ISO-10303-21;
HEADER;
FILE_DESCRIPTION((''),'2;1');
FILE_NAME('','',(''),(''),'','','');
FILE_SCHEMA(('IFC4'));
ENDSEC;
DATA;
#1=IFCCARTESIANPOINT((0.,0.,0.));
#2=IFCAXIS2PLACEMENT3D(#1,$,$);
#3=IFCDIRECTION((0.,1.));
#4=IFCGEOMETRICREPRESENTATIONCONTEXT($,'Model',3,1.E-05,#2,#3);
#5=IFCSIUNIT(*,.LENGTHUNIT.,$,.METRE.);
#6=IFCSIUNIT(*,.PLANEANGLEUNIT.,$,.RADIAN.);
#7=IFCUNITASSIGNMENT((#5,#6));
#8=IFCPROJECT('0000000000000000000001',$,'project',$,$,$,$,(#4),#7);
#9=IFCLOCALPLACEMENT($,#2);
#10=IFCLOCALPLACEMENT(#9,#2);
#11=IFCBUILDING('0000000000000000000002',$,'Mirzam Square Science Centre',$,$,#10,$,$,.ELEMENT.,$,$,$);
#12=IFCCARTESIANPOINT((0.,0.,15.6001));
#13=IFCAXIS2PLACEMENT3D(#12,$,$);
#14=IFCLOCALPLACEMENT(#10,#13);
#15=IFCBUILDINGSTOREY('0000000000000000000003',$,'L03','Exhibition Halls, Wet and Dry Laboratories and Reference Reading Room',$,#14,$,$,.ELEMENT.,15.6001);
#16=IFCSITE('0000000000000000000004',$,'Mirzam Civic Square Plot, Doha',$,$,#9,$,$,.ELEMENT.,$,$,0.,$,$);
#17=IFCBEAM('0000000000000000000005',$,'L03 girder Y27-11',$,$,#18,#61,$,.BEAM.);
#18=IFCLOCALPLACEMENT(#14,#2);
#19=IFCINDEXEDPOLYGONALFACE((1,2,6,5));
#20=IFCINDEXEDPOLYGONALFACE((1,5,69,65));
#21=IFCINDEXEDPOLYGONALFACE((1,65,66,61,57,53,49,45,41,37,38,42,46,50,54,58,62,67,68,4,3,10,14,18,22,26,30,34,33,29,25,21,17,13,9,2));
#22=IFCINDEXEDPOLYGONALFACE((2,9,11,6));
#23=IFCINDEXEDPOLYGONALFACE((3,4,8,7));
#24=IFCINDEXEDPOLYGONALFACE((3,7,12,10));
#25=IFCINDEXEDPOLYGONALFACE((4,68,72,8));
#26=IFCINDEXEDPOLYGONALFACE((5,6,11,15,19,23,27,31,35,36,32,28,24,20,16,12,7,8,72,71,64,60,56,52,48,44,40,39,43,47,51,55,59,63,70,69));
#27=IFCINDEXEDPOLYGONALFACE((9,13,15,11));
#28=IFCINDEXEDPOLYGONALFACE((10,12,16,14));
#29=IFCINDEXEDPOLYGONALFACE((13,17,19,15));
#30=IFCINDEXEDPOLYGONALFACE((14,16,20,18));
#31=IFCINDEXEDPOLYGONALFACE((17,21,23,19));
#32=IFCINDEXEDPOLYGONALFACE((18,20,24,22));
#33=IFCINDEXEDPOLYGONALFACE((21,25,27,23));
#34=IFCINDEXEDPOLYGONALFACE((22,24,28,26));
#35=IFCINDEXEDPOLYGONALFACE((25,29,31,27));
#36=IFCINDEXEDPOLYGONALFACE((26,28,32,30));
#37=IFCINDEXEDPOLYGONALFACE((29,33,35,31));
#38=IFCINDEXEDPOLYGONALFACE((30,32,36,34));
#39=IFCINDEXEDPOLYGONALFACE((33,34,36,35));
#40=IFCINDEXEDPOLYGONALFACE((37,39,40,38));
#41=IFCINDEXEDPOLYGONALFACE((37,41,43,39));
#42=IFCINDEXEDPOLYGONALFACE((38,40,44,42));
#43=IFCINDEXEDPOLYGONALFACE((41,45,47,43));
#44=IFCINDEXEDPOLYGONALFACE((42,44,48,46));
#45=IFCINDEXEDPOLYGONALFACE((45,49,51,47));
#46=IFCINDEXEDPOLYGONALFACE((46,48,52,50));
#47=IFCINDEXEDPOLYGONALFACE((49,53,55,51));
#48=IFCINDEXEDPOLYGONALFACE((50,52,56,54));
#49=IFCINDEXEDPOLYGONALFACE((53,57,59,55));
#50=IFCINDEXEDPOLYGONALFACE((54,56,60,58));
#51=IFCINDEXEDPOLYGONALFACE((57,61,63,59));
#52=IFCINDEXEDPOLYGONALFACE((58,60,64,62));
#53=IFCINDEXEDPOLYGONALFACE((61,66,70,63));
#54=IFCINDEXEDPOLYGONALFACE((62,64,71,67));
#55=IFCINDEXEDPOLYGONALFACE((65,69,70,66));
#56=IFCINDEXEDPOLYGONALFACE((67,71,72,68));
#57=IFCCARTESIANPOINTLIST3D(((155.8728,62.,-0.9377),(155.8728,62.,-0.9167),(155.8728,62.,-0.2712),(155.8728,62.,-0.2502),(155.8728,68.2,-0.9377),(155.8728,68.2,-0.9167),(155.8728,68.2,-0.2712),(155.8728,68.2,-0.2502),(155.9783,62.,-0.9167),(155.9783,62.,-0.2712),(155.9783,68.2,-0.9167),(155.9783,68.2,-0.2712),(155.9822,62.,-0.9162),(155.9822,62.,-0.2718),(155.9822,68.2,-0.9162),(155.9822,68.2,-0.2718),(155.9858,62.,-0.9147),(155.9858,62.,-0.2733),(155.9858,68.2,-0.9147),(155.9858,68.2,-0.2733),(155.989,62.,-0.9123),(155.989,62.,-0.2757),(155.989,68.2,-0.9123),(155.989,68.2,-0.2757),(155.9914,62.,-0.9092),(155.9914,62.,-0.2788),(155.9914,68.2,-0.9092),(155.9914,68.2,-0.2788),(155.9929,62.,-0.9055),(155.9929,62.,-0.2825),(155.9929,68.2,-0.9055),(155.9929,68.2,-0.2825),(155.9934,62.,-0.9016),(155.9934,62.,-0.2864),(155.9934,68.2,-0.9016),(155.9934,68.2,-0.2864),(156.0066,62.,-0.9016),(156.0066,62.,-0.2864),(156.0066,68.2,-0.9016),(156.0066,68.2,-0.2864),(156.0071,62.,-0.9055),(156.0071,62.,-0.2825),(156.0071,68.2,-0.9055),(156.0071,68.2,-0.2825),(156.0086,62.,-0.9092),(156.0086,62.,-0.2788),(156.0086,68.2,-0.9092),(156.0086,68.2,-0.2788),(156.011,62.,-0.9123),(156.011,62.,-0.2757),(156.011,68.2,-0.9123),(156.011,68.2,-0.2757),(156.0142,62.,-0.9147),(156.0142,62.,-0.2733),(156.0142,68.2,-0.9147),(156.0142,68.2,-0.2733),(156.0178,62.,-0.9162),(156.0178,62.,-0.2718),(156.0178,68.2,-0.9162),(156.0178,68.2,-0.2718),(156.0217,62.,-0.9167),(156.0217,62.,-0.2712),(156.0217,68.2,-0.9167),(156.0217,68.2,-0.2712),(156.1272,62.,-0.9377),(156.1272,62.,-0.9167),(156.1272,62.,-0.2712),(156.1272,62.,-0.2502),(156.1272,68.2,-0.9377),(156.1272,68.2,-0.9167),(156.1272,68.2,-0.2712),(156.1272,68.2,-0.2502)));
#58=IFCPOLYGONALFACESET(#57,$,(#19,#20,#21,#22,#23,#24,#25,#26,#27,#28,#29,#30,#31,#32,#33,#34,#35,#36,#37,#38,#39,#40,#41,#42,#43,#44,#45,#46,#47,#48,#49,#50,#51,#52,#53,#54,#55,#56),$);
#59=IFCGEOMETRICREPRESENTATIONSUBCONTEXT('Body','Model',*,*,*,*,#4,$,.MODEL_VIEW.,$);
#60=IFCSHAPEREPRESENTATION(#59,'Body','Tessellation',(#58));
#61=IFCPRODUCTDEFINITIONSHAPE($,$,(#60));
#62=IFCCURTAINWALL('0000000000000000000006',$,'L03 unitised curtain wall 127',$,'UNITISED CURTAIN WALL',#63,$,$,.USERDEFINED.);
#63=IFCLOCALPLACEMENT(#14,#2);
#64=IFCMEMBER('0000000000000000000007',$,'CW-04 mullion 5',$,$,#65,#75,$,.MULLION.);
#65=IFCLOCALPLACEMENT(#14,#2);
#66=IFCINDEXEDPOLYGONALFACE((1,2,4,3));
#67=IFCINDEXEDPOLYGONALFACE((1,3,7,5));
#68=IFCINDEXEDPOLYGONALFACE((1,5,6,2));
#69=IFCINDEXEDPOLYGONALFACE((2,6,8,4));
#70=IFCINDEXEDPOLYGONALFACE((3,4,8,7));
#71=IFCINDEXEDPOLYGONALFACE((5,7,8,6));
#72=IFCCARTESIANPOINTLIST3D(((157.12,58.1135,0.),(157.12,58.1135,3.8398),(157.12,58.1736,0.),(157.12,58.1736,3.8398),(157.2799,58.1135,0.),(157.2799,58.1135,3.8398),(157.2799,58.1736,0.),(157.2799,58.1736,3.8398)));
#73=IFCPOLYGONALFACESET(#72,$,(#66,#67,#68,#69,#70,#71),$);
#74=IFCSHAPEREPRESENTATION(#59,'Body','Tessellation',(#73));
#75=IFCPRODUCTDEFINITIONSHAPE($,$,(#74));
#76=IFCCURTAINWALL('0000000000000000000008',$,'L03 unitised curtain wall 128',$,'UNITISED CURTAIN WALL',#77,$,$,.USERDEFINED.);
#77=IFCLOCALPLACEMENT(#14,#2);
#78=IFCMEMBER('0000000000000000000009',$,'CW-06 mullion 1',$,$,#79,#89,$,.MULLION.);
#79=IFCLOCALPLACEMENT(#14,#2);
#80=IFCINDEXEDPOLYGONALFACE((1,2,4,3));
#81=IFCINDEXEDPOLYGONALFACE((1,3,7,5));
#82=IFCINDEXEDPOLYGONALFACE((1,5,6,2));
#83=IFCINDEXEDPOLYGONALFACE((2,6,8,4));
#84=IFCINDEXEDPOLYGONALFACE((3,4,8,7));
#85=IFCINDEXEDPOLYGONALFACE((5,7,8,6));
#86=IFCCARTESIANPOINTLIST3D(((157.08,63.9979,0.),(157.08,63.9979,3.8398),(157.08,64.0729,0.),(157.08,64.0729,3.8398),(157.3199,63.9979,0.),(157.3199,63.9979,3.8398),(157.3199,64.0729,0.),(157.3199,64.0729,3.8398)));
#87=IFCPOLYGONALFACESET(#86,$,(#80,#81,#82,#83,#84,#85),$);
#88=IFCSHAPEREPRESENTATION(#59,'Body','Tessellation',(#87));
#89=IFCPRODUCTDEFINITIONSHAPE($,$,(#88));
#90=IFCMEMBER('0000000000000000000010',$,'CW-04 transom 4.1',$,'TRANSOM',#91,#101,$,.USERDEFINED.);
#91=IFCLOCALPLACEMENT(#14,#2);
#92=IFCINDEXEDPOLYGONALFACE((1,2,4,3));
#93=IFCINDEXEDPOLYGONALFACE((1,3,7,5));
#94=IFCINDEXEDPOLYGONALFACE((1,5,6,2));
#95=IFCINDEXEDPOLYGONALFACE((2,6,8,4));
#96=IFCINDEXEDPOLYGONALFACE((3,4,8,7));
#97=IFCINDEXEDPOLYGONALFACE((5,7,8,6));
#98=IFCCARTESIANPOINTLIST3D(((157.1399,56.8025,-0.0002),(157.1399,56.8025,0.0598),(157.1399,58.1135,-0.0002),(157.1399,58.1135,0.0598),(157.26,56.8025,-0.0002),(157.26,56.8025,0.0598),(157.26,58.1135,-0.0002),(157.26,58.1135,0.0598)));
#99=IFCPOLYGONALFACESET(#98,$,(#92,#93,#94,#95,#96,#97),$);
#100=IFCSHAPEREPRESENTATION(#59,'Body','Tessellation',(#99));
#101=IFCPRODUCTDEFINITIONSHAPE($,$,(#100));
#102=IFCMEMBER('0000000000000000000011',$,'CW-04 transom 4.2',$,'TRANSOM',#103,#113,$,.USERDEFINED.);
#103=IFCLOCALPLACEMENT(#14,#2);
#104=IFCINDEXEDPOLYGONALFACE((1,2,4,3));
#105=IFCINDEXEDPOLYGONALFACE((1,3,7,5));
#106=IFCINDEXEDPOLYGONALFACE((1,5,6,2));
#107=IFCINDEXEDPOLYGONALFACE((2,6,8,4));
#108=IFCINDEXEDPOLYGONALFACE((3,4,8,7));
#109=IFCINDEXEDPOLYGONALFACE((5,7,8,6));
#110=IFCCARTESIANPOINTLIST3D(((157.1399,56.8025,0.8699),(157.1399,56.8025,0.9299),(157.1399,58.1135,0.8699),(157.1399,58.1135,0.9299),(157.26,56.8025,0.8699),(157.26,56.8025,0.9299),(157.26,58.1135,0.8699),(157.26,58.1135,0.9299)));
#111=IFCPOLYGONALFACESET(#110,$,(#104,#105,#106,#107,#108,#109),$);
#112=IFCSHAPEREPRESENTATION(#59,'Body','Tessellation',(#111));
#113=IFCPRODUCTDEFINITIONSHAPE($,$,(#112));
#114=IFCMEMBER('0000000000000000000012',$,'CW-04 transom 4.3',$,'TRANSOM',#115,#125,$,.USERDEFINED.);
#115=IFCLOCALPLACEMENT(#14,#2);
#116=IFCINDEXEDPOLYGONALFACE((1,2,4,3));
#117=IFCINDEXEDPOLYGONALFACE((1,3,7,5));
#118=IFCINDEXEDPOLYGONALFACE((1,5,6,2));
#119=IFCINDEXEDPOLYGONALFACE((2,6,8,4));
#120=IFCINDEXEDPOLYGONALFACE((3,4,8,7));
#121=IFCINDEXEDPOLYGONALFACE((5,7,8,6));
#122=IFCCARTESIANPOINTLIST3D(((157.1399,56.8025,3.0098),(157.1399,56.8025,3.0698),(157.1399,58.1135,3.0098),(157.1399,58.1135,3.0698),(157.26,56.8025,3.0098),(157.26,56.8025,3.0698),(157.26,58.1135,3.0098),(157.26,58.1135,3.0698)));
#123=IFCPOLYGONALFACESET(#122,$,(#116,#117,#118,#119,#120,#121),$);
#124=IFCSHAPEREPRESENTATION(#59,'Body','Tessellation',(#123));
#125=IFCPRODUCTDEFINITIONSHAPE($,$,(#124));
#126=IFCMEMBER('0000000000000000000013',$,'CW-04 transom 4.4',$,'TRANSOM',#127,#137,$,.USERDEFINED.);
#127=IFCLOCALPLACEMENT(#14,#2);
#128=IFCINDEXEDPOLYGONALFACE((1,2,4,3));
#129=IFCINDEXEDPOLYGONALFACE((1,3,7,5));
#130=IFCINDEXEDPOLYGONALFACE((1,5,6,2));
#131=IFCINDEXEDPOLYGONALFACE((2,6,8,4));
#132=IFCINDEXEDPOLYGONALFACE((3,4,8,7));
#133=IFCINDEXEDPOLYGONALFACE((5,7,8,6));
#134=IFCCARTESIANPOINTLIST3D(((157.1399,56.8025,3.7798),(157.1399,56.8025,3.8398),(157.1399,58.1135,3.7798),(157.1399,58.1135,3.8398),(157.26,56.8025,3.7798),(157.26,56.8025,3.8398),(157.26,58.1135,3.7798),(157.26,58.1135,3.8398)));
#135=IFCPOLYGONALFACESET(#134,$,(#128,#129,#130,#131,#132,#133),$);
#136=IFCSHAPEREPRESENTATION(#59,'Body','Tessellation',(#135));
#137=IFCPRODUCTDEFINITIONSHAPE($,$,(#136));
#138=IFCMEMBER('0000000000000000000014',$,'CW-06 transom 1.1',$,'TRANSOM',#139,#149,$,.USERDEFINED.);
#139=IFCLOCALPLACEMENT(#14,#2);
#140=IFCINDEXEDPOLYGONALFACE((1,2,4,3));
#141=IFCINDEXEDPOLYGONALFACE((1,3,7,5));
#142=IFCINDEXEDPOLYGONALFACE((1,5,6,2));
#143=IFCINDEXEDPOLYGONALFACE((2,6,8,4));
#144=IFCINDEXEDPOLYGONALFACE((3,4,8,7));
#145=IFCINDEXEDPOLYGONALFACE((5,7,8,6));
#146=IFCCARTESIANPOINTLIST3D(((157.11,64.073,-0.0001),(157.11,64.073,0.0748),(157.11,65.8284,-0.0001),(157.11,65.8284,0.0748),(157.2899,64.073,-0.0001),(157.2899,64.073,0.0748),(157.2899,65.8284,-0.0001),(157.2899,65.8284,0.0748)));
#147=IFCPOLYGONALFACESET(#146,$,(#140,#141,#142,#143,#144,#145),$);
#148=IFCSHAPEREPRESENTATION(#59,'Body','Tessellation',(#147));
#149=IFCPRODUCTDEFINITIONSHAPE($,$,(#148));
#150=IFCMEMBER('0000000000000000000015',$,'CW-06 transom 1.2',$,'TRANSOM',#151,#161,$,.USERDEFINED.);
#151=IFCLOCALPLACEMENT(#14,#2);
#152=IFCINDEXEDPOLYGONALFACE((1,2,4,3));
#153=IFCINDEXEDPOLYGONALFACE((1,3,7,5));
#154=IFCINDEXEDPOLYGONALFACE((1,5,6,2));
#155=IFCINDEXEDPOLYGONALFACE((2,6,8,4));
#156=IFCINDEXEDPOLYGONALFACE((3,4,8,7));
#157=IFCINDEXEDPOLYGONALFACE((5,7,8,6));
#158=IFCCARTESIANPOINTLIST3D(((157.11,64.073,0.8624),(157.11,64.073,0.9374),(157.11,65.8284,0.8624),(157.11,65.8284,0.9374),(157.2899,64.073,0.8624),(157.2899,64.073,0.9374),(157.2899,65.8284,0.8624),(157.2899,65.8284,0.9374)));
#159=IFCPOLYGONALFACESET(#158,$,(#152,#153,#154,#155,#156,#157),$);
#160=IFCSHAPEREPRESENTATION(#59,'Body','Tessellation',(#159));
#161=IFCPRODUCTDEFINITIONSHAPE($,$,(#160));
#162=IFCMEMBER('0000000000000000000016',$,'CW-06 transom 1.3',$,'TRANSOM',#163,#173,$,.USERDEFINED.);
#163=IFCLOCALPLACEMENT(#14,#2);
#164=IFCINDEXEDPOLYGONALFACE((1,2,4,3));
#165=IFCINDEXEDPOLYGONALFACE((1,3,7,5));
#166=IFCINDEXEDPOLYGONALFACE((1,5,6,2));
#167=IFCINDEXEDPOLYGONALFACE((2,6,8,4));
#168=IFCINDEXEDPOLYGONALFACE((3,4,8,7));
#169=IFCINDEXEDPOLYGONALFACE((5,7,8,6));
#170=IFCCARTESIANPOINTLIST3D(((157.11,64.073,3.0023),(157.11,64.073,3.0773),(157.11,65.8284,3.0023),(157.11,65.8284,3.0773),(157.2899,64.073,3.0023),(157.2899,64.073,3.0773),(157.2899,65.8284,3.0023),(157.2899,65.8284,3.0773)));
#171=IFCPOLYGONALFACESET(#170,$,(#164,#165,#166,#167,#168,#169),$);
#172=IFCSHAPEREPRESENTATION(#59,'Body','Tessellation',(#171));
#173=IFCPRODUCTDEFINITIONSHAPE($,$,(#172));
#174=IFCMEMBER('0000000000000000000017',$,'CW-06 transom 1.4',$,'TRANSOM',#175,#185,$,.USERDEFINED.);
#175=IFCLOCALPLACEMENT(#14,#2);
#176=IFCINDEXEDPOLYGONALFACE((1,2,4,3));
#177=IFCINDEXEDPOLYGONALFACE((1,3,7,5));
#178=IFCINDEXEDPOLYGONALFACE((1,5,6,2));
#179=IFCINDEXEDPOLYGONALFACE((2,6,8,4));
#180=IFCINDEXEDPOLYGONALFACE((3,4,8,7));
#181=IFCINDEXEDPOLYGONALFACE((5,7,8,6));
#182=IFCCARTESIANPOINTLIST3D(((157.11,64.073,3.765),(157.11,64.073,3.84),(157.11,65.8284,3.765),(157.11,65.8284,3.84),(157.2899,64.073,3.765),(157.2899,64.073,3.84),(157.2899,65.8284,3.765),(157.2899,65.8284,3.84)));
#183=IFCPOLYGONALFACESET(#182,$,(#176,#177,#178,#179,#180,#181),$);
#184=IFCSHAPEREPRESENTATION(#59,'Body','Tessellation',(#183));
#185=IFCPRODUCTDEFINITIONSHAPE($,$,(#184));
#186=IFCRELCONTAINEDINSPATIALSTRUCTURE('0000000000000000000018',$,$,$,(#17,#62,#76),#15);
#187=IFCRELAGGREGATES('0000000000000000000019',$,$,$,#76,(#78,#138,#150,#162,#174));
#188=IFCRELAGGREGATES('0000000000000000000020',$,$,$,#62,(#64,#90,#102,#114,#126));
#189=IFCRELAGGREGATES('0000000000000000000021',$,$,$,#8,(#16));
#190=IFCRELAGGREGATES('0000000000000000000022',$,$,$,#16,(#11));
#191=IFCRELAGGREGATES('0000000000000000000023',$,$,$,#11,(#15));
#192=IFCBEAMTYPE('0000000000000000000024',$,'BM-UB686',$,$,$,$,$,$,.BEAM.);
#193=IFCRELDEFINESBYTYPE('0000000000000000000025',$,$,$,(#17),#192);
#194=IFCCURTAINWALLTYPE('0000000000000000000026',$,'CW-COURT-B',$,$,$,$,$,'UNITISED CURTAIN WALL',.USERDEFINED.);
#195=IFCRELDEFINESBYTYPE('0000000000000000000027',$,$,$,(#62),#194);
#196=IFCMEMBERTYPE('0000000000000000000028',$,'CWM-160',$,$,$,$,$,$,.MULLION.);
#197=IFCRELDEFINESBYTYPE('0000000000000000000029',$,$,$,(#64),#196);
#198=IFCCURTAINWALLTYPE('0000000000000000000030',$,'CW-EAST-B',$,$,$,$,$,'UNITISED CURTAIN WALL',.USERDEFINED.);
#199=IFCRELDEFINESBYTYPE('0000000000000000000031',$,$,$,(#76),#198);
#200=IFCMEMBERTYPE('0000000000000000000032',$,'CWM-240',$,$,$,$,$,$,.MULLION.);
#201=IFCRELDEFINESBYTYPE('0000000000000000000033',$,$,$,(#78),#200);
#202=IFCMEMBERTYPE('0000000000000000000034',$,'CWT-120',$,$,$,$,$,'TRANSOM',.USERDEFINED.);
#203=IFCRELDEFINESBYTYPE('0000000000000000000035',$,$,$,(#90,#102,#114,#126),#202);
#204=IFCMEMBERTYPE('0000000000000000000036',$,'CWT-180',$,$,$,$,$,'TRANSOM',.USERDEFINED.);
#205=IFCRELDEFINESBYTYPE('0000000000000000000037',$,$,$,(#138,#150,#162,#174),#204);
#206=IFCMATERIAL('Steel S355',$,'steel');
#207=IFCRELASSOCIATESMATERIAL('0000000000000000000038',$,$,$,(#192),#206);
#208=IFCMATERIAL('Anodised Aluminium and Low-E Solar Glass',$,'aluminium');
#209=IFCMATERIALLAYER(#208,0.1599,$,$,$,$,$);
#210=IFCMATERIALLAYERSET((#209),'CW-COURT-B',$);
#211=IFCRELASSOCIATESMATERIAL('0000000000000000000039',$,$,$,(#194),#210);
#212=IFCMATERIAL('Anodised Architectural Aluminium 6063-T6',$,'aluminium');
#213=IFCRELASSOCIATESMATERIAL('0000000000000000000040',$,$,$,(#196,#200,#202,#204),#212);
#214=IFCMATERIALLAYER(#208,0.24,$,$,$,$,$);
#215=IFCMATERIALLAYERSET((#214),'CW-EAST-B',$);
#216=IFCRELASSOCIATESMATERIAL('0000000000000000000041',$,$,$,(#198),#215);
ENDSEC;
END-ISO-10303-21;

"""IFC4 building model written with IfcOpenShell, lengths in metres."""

from ifc_helpers import new_model, si_unit, direction, frame, origin, origin_2d, place, context, subcontext, project, spatial, rectangle, i_section, extrude, material, layer, layer_set, material_profile, profile_set, type_object, element, aggregate, save


model = new_model("IFC4")

# Units and contexts
model_context = context("Model", 3, precision=1e-05, world=origin(), true_north=direction((0.0, 1.0)))
body_context = subcontext(model_context, "Body", "Model", "MODEL_VIEW")
ifc_project = project(units=[si_unit("LENGTHUNIT", "METRE"), si_unit("PLANEANGLEUNIT", "RADIAN")], contexts=[model_context])

# Site, building, storey
site_placement = place(None, origin())
site = spatial("IfcSite", under=ifc_project, at=site_placement, Name="Mirzam Civic Square Plot, Doha", CompositionType="ELEMENT", RefElevation=0.0)
building_placement = place(site_placement, origin())
building = spatial("IfcBuilding", under=site, at=building_placement, Name="Mirzam Square Science Centre", CompositionType="ELEMENT")
storey_placement = place(building_placement, frame((0.0, 0.0, 15.6001)))
storey = spatial("IfcBuildingStorey", under=building, at=storey_placement, Name="L03", Description="Exhibition Halls, Wet and Dry Laboratories and Reference Reading Room", CompositionType="ELEMENT", Elevation=15.6001)

# Shared definitions
ifc_material_1 = material(Name="Steel S355", Category="steel")

# Beam
ifc_material_profile_1 = material_profile(ifc_material_1, i_section(OverallWidth=0.2544, OverallDepth=0.6875, WebThickness=0.0132, FlangeThickness=0.021, FilletRadius=0.0151, at=origin_2d()), Name="686x254x152UB")
ifc_profile_set_1 = profile_set([ifc_material_profile_1], Name="Steel S355")
beam_type_1 = type_object("IfcBeamType", Name="BM-UB686", PredefinedType="BEAM", material=ifc_profile_set_1)
for number, where, z_axis, x_axis, name in (
    (1, (156.0, 62.0, -0.594), (0.0, 1.0, 0.0), (-1.0, 0.0, 0.0), "L03 girder Y27-11"),
):
    element("IfcBeam", number, at=place(storey_placement, frame(where, z_axis=z_axis, x_axis=x_axis)), inside=storey, type_object=beam_type_1, Name=name, PredefinedType="BEAM", context=body_context, shape_type="SweptSolid", body=[
        extrude(i_section(OverallWidth=0.2544, OverallDepth=0.6875, WebThickness=0.0132, FlangeThickness=0.021, FilletRadius=0.0151, at=origin_2d()), origin(), (0.0, 0.0, 1.0), 6.2),
    ])

# Curtain walls, members
ifc_material_2 = material(Name="Anodised Aluminium and Low-E Solar Glass", Category="aluminium")
ifc_layer_1 = layer(ifc_material_2, 0.1599)
ifc_layer_set_1 = layer_set([ifc_layer_1], Name="CW-COURT-B")
curtain_wall_type_1 = type_object("IfcCurtainWallType", Name="CW-COURT-B", ElementType="UNITISED CURTAIN WALL", PredefinedType="USERDEFINED", material=ifc_layer_set_1)
curtain_wall_1_placement = place(storey_placement, origin())
curtain_wall_1 = element("IfcCurtainWall", 2, at=curtain_wall_1_placement, inside=storey, type_object=curtain_wall_type_1, Name="L03 unitised curtain wall 127", ObjectType="UNITISED CURTAIN WALL", PredefinedType="USERDEFINED")
ifc_material_3 = material(Name="Anodised Architectural Aluminium 6063-T6", Category="aluminium")
ifc_material_profile_2 = material_profile(ifc_material_3, rectangle(XDim=0.0601, YDim=0.1599, at=origin_2d()), Name="ALU-MULL-160x60x4")
ifc_profile_set_2 = profile_set([ifc_material_profile_2], Name="Anodised Architectural Aluminium 6063-T6")
member_type_1 = type_object("IfcMemberType", Name="CWM-160", PredefinedType="MULLION", material=ifc_profile_set_2)
member_1_placement = place(storey_placement, frame((157.2, 58.1436, 0.0), z_axis=(0.0, 0.0, 1.0), x_axis=(0.0, 1.0, 0.0)))
member_1 = element("IfcMember", 3, at=member_1_placement, type_object=member_type_1, Name="CW-04 mullion 5", PredefinedType="MULLION", context=body_context, shape_type="SweptSolid", body=[
    extrude(rectangle(XDim=0.0601, YDim=0.1599, at=origin_2d()), origin(), (0.0, 0.0, 1.0), 3.8398),
])
ifc_layer_2 = layer(ifc_material_2, 0.24)
ifc_layer_set_2 = layer_set([ifc_layer_2], Name="CW-EAST-B")
curtain_wall_type_2 = type_object("IfcCurtainWallType", Name="CW-EAST-B", ElementType="UNITISED CURTAIN WALL", PredefinedType="USERDEFINED", material=ifc_layer_set_2)
curtain_wall_2_placement = place(storey_placement, origin())
curtain_wall_2 = element("IfcCurtainWall", 4, at=curtain_wall_2_placement, inside=storey, type_object=curtain_wall_type_2, Name="L03 unitised curtain wall 128", ObjectType="UNITISED CURTAIN WALL", PredefinedType="USERDEFINED")
ifc_material_profile_3 = material_profile(ifc_material_3, rectangle(XDim=0.075, YDim=0.24, at=origin_2d()), Name="ALU-MULL-240x75x5")
ifc_profile_set_3 = profile_set([ifc_material_profile_3], Name="Anodised Architectural Aluminium 6063-T6")
member_type_2 = type_object("IfcMemberType", Name="CWM-240", PredefinedType="MULLION", material=ifc_profile_set_3)
member_2_placement = place(storey_placement, frame((157.2, 64.0354, 0.0), z_axis=(0.0, 0.0, 1.0), x_axis=(0.0, 1.0, 0.0)))
member_2 = element("IfcMember", 5, at=member_2_placement, type_object=member_type_2, Name="CW-06 mullion 1", PredefinedType="MULLION", context=body_context, shape_type="SweptSolid", body=[
    extrude(rectangle(XDim=0.075, YDim=0.24, at=origin_2d()), origin(), (0.0, 0.0, 1.0), 3.8398),
])

# Members
ifc_material_profile_4 = material_profile(ifc_material_3, rectangle(XDim=0.1201, YDim=0.0601, at=origin_2d()), Name="ALU-TRAN-120x60x4")
ifc_profile_set_4 = profile_set([ifc_material_profile_4], Name="Anodised Architectural Aluminium 6063-T6")
member_type_3 = type_object("IfcMemberType", Name="CWT-120", ElementType="TRANSOM", PredefinedType="USERDEFINED", material=ifc_profile_set_4)
member_3_placement = place(storey_placement, frame((157.2, 56.8025, 0.0298), z_axis=(0.0, 1.0, 0.0), x_axis=(-1.0, 0.0, 0.0)))
member_3 = element("IfcMember", 6, at=member_3_placement, type_object=member_type_3, Name="CW-04 transom 4.1", ObjectType="TRANSOM", PredefinedType="USERDEFINED", context=body_context, shape_type="SweptSolid", body=[
    extrude(rectangle(XDim=0.1201, YDim=0.0601, at=origin_2d()), origin(), (0.0, 0.0, 1.0), 1.311),
])
member_4_placement = place(storey_placement, frame((157.2, 56.8025, 0.8999), z_axis=(0.0, 1.0, 0.0), x_axis=(-1.0, 0.0, 0.0)))
member_4 = element("IfcMember", 7, at=member_4_placement, type_object=member_type_3, Name="CW-04 transom 4.2", ObjectType="TRANSOM", PredefinedType="USERDEFINED", context=body_context, shape_type="SweptSolid", body=[
    extrude(rectangle(XDim=0.1201, YDim=0.0601, at=origin_2d()), origin(), (0.0, 0.0, 1.0), 1.311),
])
member_5_placement = place(storey_placement, frame((157.2, 56.8025, 3.0398), z_axis=(0.0, 1.0, 0.0), x_axis=(-1.0, 0.0, 0.0)))
member_5 = element("IfcMember", 8, at=member_5_placement, type_object=member_type_3, Name="CW-04 transom 4.3", ObjectType="TRANSOM", PredefinedType="USERDEFINED", context=body_context, shape_type="SweptSolid", body=[
    extrude(rectangle(XDim=0.1201, YDim=0.0601, at=origin_2d()), origin(), (0.0, 0.0, 1.0), 1.311),
])
member_6_placement = place(storey_placement, frame((157.2, 56.8025, 3.8098), z_axis=(0.0, 1.0, 0.0), x_axis=(-1.0, 0.0, 0.0)))
member_6 = element("IfcMember", 9, at=member_6_placement, type_object=member_type_3, Name="CW-04 transom 4.4", ObjectType="TRANSOM", PredefinedType="USERDEFINED", context=body_context, shape_type="SweptSolid", body=[
    extrude(rectangle(XDim=0.1201, YDim=0.0601, at=origin_2d()), origin(), (0.0, 0.0, 1.0), 1.311),
])
ifc_material_profile_5 = material_profile(ifc_material_3, rectangle(XDim=0.1799, YDim=0.075, at=origin_2d()), Name="ALU-TRAN-180x75x5")
ifc_profile_set_5 = profile_set([ifc_material_profile_5], Name="Anodised Architectural Aluminium 6063-T6")
member_type_4 = type_object("IfcMemberType", Name="CWT-180", ElementType="TRANSOM", PredefinedType="USERDEFINED", material=ifc_profile_set_5)
member_7_placement = place(storey_placement, frame((157.2, 64.073, 0.0374), z_axis=(0.0, 1.0, 0.0), x_axis=(-1.0, 0.0, 0.0)))
member_7 = element("IfcMember", 10, at=member_7_placement, type_object=member_type_4, Name="CW-06 transom 1.1", ObjectType="TRANSOM", PredefinedType="USERDEFINED", context=body_context, shape_type="SweptSolid", body=[
    extrude(rectangle(XDim=0.1799, YDim=0.075, at=origin_2d()), origin(), (0.0, 0.0, 1.0), 1.7554),
])
member_8_placement = place(storey_placement, frame((157.2, 64.073, 0.8999), z_axis=(0.0, 1.0, 0.0), x_axis=(-1.0, 0.0, 0.0)))
member_8 = element("IfcMember", 11, at=member_8_placement, type_object=member_type_4, Name="CW-06 transom 1.2", ObjectType="TRANSOM", PredefinedType="USERDEFINED", context=body_context, shape_type="SweptSolid", body=[
    extrude(rectangle(XDim=0.1799, YDim=0.075, at=origin_2d()), origin(), (0.0, 0.0, 1.0), 1.7554),
])
member_9_placement = place(storey_placement, frame((157.2, 64.073, 3.0398), z_axis=(0.0, 1.0, 0.0), x_axis=(-1.0, 0.0, 0.0)))
member_9 = element("IfcMember", 12, at=member_9_placement, type_object=member_type_4, Name="CW-06 transom 1.3", ObjectType="TRANSOM", PredefinedType="USERDEFINED", context=body_context, shape_type="SweptSolid", body=[
    extrude(rectangle(XDim=0.1799, YDim=0.075, at=origin_2d()), origin(), (0.0, 0.0, 1.0), 1.7554),
])
member_10_placement = place(storey_placement, frame((157.2, 64.073, 3.8025), z_axis=(0.0, 1.0, 0.0), x_axis=(-1.0, 0.0, 0.0)))
member_10 = element("IfcMember", 13, at=member_10_placement, type_object=member_type_4, Name="CW-06 transom 1.4", ObjectType="TRANSOM", PredefinedType="USERDEFINED", context=body_context, shape_type="SweptSolid", body=[
    extrude(rectangle(XDim=0.1799, YDim=0.075, at=origin_2d()), origin(), (0.0, 0.0, 1.0), 1.7554),
])
aggregate(curtain_wall_2, [member_2, member_7, member_8, member_9, member_10])

aggregate(curtain_wall_1, [member_1, member_3, member_4, member_5, member_6])

save(model, "model.ifc")
